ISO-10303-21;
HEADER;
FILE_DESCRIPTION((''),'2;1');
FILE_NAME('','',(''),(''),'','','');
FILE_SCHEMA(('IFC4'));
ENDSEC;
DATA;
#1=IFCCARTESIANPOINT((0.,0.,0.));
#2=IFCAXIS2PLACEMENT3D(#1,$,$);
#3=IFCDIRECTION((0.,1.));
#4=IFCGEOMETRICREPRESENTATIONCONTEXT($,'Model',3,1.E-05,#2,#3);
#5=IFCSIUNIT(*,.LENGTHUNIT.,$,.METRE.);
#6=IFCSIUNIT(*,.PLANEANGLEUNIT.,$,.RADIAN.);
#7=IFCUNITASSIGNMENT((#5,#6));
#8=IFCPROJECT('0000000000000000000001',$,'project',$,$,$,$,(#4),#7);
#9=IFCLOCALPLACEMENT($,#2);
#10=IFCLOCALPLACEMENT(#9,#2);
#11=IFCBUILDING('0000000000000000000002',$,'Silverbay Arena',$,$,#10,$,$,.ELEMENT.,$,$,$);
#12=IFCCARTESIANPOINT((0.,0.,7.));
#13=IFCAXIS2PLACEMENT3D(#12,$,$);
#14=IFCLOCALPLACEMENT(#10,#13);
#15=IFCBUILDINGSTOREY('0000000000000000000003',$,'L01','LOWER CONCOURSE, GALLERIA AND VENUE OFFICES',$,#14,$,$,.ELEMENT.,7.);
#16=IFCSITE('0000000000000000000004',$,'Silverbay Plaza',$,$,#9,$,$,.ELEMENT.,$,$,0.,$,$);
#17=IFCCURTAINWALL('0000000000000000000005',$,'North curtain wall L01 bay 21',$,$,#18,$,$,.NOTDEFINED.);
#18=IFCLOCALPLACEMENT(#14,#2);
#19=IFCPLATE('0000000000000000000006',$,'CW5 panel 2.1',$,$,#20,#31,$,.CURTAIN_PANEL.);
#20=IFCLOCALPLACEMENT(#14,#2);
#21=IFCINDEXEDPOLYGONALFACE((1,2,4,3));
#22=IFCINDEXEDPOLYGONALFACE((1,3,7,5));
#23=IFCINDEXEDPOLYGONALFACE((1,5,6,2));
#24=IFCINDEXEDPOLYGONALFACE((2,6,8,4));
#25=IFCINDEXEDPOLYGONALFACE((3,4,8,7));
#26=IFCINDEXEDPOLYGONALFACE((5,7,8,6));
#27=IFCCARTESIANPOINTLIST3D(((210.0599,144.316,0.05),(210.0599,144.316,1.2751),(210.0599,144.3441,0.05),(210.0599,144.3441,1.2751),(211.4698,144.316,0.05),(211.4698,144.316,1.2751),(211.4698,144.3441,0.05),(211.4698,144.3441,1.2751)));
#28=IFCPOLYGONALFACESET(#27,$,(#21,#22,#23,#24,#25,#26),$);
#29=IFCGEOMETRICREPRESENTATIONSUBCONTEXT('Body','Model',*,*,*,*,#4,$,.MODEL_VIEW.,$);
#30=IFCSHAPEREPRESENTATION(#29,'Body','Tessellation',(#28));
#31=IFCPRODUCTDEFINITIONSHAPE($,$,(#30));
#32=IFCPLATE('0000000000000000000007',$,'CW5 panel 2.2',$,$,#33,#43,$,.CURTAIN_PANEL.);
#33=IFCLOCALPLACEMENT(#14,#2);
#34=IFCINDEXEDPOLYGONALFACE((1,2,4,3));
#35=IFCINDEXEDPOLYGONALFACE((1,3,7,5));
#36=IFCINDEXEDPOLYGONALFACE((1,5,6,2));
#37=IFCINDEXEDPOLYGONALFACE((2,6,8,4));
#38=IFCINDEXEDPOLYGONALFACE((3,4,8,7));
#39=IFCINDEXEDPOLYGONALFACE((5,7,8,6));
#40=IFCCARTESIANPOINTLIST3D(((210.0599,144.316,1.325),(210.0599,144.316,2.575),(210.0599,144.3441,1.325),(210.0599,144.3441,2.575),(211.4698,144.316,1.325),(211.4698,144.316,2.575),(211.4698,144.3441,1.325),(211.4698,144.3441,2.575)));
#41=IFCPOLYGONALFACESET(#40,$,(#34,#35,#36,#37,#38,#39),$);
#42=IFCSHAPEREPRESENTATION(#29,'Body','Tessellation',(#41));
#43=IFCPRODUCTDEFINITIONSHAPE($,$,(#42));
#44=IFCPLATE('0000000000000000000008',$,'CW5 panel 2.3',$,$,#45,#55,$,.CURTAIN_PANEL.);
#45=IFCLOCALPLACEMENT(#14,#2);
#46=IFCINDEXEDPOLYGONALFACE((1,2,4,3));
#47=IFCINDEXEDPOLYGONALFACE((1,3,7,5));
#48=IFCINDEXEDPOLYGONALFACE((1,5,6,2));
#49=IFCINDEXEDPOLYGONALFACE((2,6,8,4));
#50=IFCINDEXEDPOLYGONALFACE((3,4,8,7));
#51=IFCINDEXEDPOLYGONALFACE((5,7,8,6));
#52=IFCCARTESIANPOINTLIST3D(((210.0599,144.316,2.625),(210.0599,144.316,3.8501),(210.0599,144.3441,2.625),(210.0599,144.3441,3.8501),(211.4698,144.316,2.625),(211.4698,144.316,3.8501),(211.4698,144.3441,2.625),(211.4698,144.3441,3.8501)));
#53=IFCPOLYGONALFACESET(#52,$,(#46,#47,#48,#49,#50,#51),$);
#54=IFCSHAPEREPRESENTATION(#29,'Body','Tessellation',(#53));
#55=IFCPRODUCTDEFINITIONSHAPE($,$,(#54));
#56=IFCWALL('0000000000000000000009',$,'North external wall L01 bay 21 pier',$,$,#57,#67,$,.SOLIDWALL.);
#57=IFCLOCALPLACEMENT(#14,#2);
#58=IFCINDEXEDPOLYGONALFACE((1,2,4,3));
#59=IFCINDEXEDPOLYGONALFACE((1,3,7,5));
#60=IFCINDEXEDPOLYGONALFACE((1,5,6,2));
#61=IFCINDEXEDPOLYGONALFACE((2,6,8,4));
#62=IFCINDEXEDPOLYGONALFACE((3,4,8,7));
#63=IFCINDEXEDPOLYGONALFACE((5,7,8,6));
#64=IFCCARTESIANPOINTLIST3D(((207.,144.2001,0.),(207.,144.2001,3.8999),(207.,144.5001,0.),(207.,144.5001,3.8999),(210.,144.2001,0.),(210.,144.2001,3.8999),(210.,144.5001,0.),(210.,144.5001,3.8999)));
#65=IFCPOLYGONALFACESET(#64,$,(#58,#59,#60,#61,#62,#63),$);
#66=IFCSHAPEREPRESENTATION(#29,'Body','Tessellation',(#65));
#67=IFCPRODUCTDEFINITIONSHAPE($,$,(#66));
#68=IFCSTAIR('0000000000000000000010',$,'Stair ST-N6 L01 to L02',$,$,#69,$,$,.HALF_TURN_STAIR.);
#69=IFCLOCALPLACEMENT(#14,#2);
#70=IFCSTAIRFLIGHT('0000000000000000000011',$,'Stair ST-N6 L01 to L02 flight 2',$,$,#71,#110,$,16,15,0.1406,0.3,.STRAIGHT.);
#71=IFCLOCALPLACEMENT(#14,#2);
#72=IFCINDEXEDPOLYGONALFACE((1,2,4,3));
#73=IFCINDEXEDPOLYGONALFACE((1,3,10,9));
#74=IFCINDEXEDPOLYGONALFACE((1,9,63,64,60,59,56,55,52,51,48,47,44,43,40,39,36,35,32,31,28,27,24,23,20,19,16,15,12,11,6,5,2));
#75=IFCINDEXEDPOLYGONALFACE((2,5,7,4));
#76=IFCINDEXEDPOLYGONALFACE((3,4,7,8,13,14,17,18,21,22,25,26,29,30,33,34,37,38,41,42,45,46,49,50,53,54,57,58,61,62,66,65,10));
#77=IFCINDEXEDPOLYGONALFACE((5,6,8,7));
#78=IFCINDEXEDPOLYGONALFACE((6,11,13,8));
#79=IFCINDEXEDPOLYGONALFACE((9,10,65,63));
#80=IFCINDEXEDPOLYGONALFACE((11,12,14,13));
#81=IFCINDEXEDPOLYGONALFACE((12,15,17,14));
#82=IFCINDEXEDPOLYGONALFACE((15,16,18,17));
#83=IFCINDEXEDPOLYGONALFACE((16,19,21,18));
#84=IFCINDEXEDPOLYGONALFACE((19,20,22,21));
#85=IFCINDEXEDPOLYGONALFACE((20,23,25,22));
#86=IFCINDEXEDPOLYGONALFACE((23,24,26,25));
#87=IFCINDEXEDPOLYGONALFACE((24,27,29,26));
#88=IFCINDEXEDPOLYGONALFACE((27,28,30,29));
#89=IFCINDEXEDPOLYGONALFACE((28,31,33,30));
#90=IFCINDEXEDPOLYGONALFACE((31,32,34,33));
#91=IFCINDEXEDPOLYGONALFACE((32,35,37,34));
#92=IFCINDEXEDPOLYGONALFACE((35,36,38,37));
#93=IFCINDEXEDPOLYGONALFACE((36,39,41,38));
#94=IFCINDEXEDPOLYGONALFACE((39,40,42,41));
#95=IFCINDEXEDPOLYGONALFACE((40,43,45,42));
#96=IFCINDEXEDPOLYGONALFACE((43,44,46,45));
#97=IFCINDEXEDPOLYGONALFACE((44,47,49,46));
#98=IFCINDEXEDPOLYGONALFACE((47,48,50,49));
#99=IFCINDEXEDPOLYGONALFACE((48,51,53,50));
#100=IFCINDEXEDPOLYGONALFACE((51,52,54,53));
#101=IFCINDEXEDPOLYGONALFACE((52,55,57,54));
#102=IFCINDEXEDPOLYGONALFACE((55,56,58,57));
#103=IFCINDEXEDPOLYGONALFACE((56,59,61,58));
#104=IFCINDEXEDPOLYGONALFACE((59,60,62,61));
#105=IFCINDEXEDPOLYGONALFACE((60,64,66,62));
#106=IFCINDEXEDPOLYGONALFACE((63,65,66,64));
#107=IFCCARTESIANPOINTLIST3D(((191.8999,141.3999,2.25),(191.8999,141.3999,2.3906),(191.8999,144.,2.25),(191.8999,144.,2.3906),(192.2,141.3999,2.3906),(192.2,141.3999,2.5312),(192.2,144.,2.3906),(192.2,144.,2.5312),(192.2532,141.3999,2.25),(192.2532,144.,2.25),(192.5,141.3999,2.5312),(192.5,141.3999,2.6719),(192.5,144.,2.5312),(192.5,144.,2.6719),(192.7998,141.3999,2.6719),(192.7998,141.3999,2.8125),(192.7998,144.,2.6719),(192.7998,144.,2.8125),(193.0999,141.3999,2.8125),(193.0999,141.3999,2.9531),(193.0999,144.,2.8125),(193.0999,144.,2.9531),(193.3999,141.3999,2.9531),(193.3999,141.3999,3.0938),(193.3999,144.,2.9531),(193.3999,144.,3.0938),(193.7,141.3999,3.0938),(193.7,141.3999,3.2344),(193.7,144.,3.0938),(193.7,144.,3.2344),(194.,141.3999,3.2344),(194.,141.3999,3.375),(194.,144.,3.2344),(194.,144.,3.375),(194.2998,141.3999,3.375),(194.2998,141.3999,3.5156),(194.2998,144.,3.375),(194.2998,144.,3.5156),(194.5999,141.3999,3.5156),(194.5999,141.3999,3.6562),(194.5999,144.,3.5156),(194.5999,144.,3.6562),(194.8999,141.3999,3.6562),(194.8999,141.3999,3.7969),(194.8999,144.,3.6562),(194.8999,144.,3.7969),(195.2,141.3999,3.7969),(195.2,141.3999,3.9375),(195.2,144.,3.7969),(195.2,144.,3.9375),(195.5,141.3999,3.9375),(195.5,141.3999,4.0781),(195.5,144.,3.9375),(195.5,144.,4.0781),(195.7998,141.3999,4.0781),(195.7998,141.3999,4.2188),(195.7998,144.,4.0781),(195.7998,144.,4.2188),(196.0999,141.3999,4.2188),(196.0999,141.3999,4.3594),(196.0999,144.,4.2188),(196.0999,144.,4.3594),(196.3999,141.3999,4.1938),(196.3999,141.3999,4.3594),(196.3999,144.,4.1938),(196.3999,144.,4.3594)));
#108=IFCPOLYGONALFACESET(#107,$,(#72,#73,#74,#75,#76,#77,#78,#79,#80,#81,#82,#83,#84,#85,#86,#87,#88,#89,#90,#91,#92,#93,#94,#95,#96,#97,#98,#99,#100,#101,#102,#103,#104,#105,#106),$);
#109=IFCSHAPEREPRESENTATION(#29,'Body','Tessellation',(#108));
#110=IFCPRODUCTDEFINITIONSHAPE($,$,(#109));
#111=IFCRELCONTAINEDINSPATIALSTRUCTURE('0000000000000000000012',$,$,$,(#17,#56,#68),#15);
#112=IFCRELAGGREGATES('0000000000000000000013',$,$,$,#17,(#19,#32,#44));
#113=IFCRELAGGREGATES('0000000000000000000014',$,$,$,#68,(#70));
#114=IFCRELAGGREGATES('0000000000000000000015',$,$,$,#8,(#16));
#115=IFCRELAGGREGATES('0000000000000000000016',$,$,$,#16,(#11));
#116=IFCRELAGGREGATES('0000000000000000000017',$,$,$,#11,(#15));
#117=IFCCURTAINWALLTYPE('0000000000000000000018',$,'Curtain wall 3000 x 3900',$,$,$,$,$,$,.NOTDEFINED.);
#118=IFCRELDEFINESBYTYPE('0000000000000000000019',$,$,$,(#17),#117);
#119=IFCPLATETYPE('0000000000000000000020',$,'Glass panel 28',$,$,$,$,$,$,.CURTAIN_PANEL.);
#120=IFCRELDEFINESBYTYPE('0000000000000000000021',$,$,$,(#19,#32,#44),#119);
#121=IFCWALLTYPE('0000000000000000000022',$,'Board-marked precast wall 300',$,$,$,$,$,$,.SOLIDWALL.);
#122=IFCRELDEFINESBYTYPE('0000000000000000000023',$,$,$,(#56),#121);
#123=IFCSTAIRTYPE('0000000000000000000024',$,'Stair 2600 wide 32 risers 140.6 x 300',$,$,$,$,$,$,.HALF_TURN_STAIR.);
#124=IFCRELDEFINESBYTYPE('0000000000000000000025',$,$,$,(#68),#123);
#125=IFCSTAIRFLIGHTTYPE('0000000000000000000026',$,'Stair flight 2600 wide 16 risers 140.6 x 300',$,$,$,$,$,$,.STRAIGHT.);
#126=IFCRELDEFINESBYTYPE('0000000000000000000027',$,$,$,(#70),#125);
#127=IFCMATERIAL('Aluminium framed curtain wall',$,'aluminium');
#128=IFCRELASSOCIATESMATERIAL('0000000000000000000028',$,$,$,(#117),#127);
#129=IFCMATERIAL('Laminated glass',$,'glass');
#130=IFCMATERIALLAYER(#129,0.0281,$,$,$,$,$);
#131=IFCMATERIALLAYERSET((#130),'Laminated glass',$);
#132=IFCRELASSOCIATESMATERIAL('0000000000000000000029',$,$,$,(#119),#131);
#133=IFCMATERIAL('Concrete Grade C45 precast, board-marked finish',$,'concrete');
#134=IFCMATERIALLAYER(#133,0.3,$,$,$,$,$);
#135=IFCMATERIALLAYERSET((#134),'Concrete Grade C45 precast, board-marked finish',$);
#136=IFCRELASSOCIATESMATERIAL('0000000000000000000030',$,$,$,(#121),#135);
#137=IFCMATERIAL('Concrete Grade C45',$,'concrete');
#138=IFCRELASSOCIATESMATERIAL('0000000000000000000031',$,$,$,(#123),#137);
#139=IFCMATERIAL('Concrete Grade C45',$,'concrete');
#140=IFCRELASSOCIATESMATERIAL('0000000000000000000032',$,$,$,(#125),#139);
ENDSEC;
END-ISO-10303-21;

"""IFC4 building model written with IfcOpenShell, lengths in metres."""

from ifc_helpers import new_model, si_unit, direction, frame, frame_2d, origin, origin_2d, place, context, subcontext, project, spatial, polyline, rectangle, outline, extrude, material, layer, layer_set, type_object, element, aggregate, save


model = new_model("IFC4")

# Units and contexts
model_context = context("Model", 3, precision=1e-05, world=origin(), true_north=direction((0.0, 1.0)))
body_context = subcontext(model_context, "Body", "Model", "MODEL_VIEW")
ifc_project = project(units=[si_unit("LENGTHUNIT", "METRE"), si_unit("PLANEANGLEUNIT", "RADIAN")], contexts=[model_context])

# Site, building, storey
site_placement = place(None, origin())
site = spatial("IfcSite", under=ifc_project, at=site_placement, Name="Silverbay Plaza", CompositionType="ELEMENT", RefElevation=0.0)
building_placement = place(site_placement, origin())
building = spatial("IfcBuilding", under=site, at=building_placement, Name="Silverbay Arena", CompositionType="ELEMENT")
storey_placement = place(building_placement, frame((0.0, 0.0, 7.0)))
storey = spatial("IfcBuildingStorey", under=building, at=storey_placement, Name="L01", Description="LOWER CONCOURSE, GALLERIA AND VENUE OFFICES", CompositionType="ELEMENT", Elevation=7.0)

# Curtain wall
ifc_material_1 = material(Name="Aluminium framed curtain wall", Category="aluminium")
curtain_wall_type = type_object("IfcCurtainWallType", Name="Curtain wall 3000 x 3900", PredefinedType="NOTDEFINED", material=ifc_material_1)
curtain_wall_placement = place(storey_placement, origin())
curtain_wall = element("IfcCurtainWall", 1, at=curtain_wall_placement, inside=storey, type_object=curtain_wall_type, Name="North curtain wall L01 bay 21", PredefinedType="NOTDEFINED")

# Plates
ifc_material_2 = material(Name="Laminated glass", Category="glass")
ifc_layer_1 = layer(ifc_material_2, 0.0281)
ifc_layer_set_1 = layer_set([ifc_layer_1], Name="Laminated glass")
plate_type = type_object("IfcPlateType", Name="Glass panel 28", PredefinedType="CURTAIN_PANEL", material=ifc_layer_set_1)
plate_1_placement = place(storey_placement, frame((210.7649, 144.3301, 0.05), z_axis=(0.0, 0.0, 1.0), x_axis=(-1.0, 0.0, 0.0)))
plate_1 = element("IfcPlate", 2, at=plate_1_placement, type_object=plate_type, Name="CW5 panel 2.1", PredefinedType="CURTAIN_PANEL", context=body_context, shape_type="SweptSolid", body=[
    extrude(rectangle(XDim=1.4099, YDim=0.0281, at=origin_2d()), origin(), (0.0, 0.0, 1.0), 1.2251),
])
plate_2_placement = place(storey_placement, frame((210.7649, 144.3301, 1.325), z_axis=(0.0, 0.0, 1.0), x_axis=(-1.0, 0.0, 0.0)))
plate_2 = element("IfcPlate", 3, at=plate_2_placement, type_object=plate_type, Name="CW5 panel 2.2", PredefinedType="CURTAIN_PANEL", context=body_context, shape_type="SweptSolid", body=[
    extrude(rectangle(XDim=1.4099, YDim=0.0281, at=origin_2d()), origin(), (0.0, 0.0, 1.0), 1.25),
])
plate_3_placement = place(storey_placement, frame((210.7649, 144.3301, 2.625), z_axis=(0.0, 0.0, 1.0), x_axis=(-1.0, 0.0, 0.0)))
plate_3 = element("IfcPlate", 4, at=plate_3_placement, type_object=plate_type, Name="CW5 panel 2.3", PredefinedType="CURTAIN_PANEL", context=body_context, shape_type="SweptSolid", body=[
    extrude(rectangle(XDim=1.4099, YDim=0.0281, at=origin_2d()), origin(), (0.0, 0.0, 1.0), 1.2251),
])
aggregate(curtain_wall, [plate_1, plate_2, plate_3])

# Wall
ifc_material_3 = material(Name="Concrete Grade C45 precast, board-marked finish", Category="concrete")
ifc_layer_2 = layer(ifc_material_3, 0.3)
ifc_layer_set_2 = layer_set([ifc_layer_2], Name="Concrete Grade C45 precast, board-marked finish")
wall_type = type_object("IfcWallType", Name="Board-marked precast wall 300", PredefinedType="SOLIDWALL", material=ifc_layer_set_2)
wall_placement = place(storey_placement, frame((210.0, 144.3501, 0.0), z_axis=(0.0, 0.0, 1.0), x_axis=(-1.0, 0.0, 0.0)))
element("IfcWall", 5, at=wall_placement, inside=storey, type_object=wall_type, Name="North external wall L01 bay 21 pier", PredefinedType="SOLIDWALL", context=body_context, shape_type="SweptSolid", body=[
    extrude(rectangle(XDim=3.0, YDim=0.3, at=frame_2d((1.5, 0.0))), origin(), (0.0, 0.0, 1.0), 3.8999),
])

# Stair, stair flight
ifc_material_4 = material(Name="Concrete Grade C45", Category="concrete")
stair_type = type_object("IfcStairType", Name="Stair 2600 wide 32 risers 140.6 x 300", PredefinedType="HALF_TURN_STAIR", material=ifc_material_4)
stair_placement = place(storey_placement, origin())
stair = element("IfcStair", 6, at=stair_placement, inside=storey, type_object=stair_type, Name="Stair ST-N6 L01 to L02", PredefinedType="HALF_TURN_STAIR")
ifc_material_5 = material(Name="Concrete Grade C45", Category="concrete")
stair_flight_type = type_object("IfcStairFlightType", Name="Stair flight 2600 wide 16 risers 140.6 x 300", PredefinedType="STRAIGHT", material=ifc_material_5)
stair_flight_placement = place(storey_placement, frame((191.8999, 142.7, 2.25), z_axis=(0.0, 0.0, 1.0), x_axis=(1.0, 0.0, 0.0)))
stair_flight = element("IfcStairFlight", 7, at=stair_flight_placement, type_object=stair_flight_type, Name="Stair ST-N6 L01 to L02 flight 2", NumberOfRisers=16, NumberOfTreads=15, PredefinedType="STRAIGHT", RiserHeight=0.1406, TreadLength=0.3, context=body_context, shape_type="SweptSolid", body=[
    extrude(outline(polyline([(0.0, 0.0), (0.0, 0.1406), (0.3, 0.1406), (0.3, 0.2812), (0.6001, 0.2812), (0.6001, 0.4219), (0.8999, 0.4219), (0.8999, 0.5625), (1.2, 0.5625), (1.2, 0.7031), (1.5, 0.7031), (1.5, 0.8438), (1.8, 0.8438), (1.8, 0.9844), (2.1001, 0.9844), (2.1001, 1.125), (2.3999, 1.125), (2.3999, 1.2656), (2.7, 1.2656), (2.7, 1.4062), (3.0, 1.4062), (3.0, 1.5469), (3.3, 1.5469), (3.3, 1.6875), (3.6001, 1.6875), (3.6001, 1.8281), (3.8999, 1.8281), (3.8999, 1.9688), (4.2, 1.9688), (4.2, 2.1094), (4.5, 2.1094), (4.5, 1.9438), (0.3533, 0.0), (0.0, 0.0)])), frame((0.0, 1.3, 0.0), z_axis=(0.0, -1.0, 0.0), x_axis=(1.0, 0.0, 0.0)), (0.0, 0.0, 1.0), 2.6001),
])
aggregate(stair, [stair_flight])

save(model, "model.ifc")
